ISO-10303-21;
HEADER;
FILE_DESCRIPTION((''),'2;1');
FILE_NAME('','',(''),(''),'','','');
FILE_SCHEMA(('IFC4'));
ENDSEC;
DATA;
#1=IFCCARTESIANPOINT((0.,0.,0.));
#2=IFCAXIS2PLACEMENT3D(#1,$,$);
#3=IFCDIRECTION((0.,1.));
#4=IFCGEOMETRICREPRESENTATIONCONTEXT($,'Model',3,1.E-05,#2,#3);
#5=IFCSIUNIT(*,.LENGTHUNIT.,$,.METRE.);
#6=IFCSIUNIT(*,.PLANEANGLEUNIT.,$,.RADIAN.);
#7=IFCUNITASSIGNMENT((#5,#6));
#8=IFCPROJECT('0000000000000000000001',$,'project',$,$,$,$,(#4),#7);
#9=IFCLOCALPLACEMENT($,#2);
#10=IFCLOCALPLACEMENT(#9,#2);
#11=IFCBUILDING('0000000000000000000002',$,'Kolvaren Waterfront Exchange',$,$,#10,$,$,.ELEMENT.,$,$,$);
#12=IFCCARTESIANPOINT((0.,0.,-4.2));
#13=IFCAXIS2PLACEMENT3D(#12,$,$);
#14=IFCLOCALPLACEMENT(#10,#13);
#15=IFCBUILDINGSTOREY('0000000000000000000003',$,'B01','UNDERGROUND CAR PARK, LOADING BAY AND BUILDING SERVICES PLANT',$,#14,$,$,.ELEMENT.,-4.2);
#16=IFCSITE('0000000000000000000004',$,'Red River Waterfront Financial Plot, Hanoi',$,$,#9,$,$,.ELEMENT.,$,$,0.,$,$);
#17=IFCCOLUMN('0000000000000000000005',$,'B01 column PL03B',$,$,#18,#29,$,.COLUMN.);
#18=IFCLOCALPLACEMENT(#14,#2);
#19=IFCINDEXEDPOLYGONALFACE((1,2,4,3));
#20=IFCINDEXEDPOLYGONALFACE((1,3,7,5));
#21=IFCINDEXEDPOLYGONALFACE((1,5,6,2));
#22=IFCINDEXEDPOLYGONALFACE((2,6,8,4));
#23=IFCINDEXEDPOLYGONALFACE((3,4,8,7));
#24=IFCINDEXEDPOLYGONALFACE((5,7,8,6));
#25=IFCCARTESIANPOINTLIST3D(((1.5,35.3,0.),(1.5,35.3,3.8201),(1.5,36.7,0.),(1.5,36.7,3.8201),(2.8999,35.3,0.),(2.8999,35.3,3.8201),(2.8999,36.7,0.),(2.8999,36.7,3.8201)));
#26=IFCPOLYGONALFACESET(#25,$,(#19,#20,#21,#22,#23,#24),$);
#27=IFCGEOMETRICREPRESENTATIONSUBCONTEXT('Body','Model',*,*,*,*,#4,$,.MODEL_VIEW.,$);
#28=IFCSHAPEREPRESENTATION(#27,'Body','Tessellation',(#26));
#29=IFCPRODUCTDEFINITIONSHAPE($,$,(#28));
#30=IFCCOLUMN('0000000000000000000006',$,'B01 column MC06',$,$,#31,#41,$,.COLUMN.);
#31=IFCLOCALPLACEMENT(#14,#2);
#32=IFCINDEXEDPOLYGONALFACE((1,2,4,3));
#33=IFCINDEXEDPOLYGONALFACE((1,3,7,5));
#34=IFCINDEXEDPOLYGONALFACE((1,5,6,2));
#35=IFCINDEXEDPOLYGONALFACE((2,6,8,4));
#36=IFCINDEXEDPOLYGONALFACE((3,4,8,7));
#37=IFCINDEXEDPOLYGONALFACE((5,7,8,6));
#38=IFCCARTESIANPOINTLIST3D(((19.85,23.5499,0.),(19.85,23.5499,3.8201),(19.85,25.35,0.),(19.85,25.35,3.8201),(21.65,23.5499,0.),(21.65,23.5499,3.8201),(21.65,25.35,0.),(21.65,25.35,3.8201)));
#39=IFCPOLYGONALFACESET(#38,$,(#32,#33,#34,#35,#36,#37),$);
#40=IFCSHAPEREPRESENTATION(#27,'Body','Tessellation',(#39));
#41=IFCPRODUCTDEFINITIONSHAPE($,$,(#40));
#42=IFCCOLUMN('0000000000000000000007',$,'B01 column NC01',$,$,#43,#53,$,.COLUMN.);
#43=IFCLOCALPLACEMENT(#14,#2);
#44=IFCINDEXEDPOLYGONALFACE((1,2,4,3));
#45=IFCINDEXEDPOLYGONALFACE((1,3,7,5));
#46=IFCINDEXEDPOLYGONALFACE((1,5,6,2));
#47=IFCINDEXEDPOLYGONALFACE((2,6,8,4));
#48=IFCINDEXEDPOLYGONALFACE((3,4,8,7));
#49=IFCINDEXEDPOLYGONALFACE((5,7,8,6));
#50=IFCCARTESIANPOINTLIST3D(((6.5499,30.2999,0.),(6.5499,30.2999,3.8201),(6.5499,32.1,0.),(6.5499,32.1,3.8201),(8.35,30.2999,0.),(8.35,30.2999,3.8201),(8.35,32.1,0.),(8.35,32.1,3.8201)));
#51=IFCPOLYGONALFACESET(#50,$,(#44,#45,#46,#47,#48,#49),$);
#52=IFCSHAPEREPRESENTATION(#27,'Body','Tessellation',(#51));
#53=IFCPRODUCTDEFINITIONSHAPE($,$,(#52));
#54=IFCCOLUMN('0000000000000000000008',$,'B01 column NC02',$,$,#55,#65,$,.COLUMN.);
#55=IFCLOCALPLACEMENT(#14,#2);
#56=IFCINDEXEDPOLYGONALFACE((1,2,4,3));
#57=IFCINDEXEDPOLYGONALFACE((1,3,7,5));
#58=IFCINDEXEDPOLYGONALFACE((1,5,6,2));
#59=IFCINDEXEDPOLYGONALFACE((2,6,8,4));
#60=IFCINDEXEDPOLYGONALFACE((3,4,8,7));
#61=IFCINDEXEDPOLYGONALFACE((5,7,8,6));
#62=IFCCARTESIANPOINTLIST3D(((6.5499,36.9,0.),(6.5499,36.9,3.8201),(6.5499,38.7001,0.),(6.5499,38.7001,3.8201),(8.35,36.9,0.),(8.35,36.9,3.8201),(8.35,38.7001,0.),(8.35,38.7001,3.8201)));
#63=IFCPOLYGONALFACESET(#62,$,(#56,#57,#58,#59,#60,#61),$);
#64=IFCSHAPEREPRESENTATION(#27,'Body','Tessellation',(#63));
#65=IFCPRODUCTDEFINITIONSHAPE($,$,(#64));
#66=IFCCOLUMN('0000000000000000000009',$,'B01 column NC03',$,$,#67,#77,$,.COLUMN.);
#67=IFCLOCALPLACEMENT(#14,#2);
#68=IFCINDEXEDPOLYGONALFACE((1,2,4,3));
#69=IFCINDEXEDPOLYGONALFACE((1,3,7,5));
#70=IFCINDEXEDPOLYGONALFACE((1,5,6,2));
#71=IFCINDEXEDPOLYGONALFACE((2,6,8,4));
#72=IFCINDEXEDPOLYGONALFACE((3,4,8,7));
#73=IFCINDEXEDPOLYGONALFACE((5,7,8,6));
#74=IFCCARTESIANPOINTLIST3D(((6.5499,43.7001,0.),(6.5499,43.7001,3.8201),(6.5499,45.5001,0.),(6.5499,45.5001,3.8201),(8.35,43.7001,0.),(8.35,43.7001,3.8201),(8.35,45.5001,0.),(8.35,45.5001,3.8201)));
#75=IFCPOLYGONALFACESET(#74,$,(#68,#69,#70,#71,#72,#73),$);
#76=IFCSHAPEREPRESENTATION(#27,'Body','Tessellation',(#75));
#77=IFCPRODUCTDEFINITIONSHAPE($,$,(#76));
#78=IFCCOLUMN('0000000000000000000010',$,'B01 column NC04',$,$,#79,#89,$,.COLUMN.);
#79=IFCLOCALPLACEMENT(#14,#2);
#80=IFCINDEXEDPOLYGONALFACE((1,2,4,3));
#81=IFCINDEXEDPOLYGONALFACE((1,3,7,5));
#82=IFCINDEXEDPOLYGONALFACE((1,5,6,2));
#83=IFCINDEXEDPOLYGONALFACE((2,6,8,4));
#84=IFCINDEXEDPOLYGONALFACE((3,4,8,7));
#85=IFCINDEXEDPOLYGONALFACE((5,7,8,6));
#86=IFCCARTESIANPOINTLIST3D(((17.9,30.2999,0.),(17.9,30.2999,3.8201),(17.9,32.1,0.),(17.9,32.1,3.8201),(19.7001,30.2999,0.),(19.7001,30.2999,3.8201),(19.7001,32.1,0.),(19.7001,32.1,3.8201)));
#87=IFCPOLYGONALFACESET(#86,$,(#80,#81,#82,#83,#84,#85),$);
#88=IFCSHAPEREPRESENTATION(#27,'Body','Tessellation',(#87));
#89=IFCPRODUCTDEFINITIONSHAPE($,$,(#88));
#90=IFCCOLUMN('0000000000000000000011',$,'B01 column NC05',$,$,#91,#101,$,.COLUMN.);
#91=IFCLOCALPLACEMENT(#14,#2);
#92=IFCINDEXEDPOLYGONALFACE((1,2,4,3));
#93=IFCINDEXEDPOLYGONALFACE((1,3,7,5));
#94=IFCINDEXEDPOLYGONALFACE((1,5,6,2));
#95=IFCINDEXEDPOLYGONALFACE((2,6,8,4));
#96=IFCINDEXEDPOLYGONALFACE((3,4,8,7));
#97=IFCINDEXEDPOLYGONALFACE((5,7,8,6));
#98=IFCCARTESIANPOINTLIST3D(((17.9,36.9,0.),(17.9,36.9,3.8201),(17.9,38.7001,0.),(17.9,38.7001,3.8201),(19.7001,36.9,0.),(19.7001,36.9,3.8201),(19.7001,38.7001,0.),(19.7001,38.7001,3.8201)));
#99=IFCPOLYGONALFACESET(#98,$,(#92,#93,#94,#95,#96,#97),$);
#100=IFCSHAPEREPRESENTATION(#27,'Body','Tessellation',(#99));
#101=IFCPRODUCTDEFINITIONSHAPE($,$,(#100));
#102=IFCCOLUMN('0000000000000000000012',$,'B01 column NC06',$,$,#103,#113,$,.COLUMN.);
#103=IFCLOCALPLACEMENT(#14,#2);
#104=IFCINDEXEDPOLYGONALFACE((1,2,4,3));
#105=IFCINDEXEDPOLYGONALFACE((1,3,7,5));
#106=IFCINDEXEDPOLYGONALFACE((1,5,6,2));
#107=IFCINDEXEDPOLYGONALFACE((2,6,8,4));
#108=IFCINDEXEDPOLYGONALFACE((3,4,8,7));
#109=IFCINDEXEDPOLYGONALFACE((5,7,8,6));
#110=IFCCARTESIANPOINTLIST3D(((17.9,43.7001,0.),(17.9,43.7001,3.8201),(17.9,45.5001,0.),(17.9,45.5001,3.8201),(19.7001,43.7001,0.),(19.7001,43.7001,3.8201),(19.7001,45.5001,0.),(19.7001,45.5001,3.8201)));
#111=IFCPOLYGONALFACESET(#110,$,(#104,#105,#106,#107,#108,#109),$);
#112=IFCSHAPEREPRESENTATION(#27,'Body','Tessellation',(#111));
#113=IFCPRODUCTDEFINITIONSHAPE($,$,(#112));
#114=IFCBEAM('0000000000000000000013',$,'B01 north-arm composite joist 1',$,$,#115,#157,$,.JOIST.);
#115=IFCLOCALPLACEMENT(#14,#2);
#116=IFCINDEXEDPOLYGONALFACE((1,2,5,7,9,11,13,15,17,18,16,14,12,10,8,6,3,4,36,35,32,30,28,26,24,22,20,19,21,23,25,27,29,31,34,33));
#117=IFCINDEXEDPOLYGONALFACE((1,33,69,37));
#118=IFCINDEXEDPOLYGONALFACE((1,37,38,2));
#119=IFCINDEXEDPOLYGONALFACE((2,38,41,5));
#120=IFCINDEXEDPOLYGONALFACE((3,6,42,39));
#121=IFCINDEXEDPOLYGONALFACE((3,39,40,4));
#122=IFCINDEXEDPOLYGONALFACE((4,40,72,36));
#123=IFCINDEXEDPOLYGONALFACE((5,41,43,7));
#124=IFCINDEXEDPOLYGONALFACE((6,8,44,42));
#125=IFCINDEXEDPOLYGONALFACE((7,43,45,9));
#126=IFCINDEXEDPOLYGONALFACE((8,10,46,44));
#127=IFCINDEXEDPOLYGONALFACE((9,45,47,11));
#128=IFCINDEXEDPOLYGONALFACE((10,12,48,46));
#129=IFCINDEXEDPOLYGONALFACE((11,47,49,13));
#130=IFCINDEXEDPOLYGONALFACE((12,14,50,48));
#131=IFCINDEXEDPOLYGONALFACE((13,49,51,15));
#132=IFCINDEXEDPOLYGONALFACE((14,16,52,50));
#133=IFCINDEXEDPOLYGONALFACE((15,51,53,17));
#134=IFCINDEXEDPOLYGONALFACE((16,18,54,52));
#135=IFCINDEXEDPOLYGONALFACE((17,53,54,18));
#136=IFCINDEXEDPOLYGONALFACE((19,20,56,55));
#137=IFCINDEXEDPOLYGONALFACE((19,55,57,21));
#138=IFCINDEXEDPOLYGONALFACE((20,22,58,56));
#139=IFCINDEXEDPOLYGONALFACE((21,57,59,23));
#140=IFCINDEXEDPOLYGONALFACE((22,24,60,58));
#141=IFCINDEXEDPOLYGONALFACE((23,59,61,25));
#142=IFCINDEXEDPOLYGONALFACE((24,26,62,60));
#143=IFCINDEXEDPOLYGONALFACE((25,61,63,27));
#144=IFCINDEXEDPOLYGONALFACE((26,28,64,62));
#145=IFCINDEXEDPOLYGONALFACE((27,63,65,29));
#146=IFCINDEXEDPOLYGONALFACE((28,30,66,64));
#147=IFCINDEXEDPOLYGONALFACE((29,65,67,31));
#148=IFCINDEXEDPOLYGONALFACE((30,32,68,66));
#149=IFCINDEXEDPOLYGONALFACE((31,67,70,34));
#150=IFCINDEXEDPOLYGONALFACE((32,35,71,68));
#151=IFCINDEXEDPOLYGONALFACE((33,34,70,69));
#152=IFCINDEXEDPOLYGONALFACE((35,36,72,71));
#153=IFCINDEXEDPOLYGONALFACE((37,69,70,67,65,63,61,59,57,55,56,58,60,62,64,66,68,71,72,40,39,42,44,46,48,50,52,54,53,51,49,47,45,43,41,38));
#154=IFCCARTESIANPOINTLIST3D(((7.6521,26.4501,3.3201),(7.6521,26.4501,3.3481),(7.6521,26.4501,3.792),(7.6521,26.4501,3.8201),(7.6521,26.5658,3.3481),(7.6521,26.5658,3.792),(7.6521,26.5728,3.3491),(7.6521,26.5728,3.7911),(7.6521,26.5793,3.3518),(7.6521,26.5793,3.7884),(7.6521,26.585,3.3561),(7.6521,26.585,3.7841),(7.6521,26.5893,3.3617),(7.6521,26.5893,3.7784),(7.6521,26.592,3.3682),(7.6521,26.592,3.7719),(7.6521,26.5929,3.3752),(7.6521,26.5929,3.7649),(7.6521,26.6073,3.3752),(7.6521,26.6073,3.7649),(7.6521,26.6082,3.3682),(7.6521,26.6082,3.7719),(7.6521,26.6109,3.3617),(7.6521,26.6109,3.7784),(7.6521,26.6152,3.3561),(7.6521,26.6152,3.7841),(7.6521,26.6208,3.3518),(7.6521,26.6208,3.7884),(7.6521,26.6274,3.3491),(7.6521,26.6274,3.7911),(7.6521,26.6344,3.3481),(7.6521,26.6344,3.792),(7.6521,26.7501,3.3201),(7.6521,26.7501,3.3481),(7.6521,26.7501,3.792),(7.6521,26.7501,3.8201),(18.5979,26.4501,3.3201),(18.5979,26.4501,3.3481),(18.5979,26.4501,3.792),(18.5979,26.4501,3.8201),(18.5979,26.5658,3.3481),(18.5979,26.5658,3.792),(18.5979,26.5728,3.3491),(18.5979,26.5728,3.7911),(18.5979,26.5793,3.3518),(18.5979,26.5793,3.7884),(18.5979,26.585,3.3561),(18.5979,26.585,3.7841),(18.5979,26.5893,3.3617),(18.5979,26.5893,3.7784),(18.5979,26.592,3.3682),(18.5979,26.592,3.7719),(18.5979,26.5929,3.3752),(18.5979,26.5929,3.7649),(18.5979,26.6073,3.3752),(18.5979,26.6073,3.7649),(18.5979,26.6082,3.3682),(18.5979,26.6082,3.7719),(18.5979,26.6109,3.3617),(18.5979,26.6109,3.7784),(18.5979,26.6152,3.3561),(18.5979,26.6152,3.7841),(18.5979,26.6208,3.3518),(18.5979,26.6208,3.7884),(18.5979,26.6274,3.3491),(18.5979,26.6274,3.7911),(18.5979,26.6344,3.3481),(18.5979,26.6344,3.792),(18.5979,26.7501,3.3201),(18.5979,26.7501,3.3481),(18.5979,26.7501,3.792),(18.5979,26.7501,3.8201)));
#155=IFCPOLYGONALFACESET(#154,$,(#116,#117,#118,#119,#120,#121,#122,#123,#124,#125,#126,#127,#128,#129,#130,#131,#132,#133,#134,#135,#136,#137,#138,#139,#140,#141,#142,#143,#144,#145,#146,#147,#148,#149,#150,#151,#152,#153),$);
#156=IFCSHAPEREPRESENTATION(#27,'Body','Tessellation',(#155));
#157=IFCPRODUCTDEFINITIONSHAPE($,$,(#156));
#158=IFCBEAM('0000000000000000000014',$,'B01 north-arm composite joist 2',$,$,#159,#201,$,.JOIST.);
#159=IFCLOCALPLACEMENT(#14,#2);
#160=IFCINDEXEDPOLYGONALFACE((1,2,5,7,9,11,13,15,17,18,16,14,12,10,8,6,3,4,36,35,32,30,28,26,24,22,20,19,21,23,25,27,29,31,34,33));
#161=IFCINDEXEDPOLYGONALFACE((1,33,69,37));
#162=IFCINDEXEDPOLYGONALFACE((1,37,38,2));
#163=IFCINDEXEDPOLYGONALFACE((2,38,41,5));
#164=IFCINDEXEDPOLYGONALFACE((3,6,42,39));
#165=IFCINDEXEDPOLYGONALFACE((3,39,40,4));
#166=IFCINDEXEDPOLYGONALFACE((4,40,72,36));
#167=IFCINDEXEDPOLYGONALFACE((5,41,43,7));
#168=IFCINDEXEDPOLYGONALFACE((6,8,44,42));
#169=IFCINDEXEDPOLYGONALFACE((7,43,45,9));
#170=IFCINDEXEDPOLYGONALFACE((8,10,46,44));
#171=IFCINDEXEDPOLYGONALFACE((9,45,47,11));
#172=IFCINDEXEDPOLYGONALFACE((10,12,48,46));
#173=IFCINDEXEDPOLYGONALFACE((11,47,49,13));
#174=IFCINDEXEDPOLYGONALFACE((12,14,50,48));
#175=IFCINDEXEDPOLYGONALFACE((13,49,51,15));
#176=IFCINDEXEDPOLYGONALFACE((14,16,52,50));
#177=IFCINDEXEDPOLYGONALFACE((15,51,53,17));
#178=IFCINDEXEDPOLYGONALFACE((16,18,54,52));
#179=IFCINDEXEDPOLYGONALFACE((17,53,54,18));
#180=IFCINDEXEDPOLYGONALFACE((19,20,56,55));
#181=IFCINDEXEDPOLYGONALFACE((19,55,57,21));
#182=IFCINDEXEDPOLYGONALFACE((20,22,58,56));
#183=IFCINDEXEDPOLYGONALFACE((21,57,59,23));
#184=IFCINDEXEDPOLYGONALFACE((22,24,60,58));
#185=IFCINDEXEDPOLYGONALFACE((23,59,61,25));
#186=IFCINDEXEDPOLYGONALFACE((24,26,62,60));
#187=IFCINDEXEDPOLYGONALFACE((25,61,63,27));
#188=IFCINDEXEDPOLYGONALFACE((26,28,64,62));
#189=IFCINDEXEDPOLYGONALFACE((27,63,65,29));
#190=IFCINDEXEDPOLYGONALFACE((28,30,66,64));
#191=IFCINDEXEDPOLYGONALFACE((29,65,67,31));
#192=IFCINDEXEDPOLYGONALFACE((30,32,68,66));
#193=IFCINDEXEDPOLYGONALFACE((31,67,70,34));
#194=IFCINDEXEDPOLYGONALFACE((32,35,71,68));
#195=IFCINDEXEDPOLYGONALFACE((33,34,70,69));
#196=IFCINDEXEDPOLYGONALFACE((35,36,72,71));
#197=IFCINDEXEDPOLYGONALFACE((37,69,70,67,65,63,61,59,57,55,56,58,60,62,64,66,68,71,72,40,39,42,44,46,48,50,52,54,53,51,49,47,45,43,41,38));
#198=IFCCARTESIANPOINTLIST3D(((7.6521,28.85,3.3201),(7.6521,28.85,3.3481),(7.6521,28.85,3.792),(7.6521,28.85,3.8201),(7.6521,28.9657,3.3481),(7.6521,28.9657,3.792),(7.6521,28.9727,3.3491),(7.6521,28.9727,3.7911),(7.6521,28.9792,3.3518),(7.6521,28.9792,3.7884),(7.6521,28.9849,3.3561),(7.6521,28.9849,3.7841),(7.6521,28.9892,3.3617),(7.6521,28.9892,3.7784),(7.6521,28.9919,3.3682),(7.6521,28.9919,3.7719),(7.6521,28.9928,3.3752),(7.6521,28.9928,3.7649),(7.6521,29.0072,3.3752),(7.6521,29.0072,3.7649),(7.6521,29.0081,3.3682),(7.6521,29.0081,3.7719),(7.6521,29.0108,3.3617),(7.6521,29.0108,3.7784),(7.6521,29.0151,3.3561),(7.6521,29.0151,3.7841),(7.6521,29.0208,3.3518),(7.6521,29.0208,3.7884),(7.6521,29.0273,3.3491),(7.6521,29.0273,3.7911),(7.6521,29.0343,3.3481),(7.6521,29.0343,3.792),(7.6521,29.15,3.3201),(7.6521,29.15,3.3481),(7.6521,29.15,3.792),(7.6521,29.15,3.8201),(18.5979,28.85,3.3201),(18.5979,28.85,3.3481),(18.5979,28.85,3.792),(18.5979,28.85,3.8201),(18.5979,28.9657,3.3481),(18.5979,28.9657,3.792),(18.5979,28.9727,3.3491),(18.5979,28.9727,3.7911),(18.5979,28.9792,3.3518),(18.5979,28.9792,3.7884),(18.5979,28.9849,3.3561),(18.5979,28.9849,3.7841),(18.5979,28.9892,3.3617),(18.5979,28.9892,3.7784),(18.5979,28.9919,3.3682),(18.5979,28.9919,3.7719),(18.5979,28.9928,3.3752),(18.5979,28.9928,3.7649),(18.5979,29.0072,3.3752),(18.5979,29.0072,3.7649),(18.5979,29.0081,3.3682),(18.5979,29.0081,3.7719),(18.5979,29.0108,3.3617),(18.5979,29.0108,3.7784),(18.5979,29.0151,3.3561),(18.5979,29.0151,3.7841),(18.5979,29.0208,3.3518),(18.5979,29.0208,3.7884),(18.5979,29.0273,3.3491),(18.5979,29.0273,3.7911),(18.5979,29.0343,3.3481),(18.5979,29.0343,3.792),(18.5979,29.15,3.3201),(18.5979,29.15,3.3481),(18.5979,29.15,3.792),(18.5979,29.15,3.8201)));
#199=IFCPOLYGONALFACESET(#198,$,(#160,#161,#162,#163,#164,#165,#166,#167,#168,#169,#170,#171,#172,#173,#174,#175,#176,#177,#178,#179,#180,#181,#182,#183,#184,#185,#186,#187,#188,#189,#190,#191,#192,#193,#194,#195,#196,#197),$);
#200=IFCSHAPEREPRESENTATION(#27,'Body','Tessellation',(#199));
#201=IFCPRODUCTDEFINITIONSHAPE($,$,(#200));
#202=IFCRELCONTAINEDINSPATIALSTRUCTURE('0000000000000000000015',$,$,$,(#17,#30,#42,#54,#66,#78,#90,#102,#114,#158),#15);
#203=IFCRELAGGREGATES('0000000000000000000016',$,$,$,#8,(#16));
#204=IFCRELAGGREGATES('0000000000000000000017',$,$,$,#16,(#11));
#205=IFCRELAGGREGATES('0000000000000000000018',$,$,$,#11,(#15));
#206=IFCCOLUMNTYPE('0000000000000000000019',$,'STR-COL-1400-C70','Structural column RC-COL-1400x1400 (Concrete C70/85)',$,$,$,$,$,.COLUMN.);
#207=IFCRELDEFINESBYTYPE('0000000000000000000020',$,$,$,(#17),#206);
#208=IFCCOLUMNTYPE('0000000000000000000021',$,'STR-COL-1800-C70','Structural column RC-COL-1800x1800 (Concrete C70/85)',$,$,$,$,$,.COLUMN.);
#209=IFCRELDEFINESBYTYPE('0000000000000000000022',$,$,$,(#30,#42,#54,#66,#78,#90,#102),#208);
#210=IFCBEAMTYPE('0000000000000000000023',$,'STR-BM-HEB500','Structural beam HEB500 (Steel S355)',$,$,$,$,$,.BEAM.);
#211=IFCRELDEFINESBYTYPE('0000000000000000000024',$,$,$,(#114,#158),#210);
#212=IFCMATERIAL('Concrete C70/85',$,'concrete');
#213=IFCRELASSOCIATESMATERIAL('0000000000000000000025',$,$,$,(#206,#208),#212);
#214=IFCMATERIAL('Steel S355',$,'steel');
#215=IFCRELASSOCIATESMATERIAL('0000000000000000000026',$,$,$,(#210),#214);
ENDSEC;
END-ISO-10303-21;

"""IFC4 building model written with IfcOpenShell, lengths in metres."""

from ifc_helpers import new_model, si_unit, direction, frame, origin, origin_2d, place, context, subcontext, project, spatial, rectangle, i_section, extrude, material, material_profile, profile_set, type_object, element, save


model = new_model("IFC4")

# Units and contexts
model_context = context("Model", 3, precision=1e-05, world=origin(), true_north=direction((0.0, 1.0)))
body_context = subcontext(model_context, "Body", "Model", "MODEL_VIEW")
ifc_project = project(units=[si_unit("LENGTHUNIT", "METRE"), si_unit("PLANEANGLEUNIT", "RADIAN")], contexts=[model_context])

# Site, building, storey
site_placement = place(None, origin())
site = spatial("IfcSite", under=ifc_project, at=site_placement, Name="Red River Waterfront Financial Plot, Hanoi", CompositionType="ELEMENT", RefElevation=0.0)
building_placement = place(site_placement, origin())
building = spatial("IfcBuilding", under=site, at=building_placement, Name="Kolvaren Waterfront Exchange", CompositionType="ELEMENT")
storey_placement = place(building_placement, frame((0.0, 0.0, -4.2)))
storey = spatial("IfcBuildingStorey", under=building, at=storey_placement, Name="B01", Description="UNDERGROUND CAR PARK, LOADING BAY AND BUILDING SERVICES PLANT", CompositionType="ELEMENT", Elevation=-4.2)

# Columns
ifc_material_1 = material(Name="Concrete C70/85", Category="concrete")
ifc_material_profile_1 = material_profile(ifc_material_1, rectangle(XDim=1.3999, YDim=1.3999, at=origin_2d()), Name="RC-COL-1400x1400")
ifc_profile_set_1 = profile_set([ifc_material_profile_1], Name="Concrete C70/85")
column_type_1 = type_object("IfcColumnType", Name="STR-COL-1400-C70", Description="Structural column RC-COL-1400x1400 (Concrete C70/85)", PredefinedType="COLUMN", material=ifc_profile_set_1)
column_placement = place(storey_placement, frame((2.2, 36.0, 0.0), z_axis=(0.0, 0.0, 1.0), x_axis=(1.0, 0.0, 0.0)))
element("IfcColumn", 1, at=column_placement, inside=storey, type_object=column_type_1, Name="B01 column PL03B", PredefinedType="COLUMN", context=body_context, shape_type="SweptSolid", body=[
    extrude(rectangle(XDim=1.3999, YDim=1.3999, at=origin_2d()), origin(), (0.0, 0.0, 1.0), 3.8201),
])
ifc_material_profile_2 = material_profile(ifc_material_1, rectangle(XDim=1.8, YDim=1.8, at=origin_2d()), Name="RC-COL-1800x1800")
ifc_profile_set_2 = profile_set([ifc_material_profile_2], Name="Concrete C70/85")
column_type_2 = type_object("IfcColumnType", Name="STR-COL-1800-C70", Description="Structural column RC-COL-1800x1800 (Concrete C70/85)", PredefinedType="COLUMN", material=ifc_profile_set_2)
for number, where, z_axis, x_axis, name in (
    (2, (20.75, 24.45, 0.0), (0.0, 0.0, 1.0), (1.0, 0.0, 0.0), "B01 column MC06"),
    (3, (7.45, 31.2, 0.0), (0.0, 0.0, 1.0), (1.0, 0.0, 0.0), "B01 column NC01"),
    (4, (7.45, 37.8, 0.0), (0.0, 0.0, 1.0), (1.0, 0.0, 0.0), "B01 column NC02"),
    (5, (7.45, 44.6001, 0.0), (0.0, 0.0, 1.0), (1.0, 0.0, 0.0), "B01 column NC03"),
    (6, (18.8, 31.2, 0.0), (0.0, 0.0, 1.0), (1.0, 0.0, 0.0), "B01 column NC04"),
    (7, (18.8, 37.8, 0.0), (0.0, 0.0, 1.0), (1.0, 0.0, 0.0), "B01 column NC05"),
    (8, (18.8, 44.6001, 0.0), (0.0, 0.0, 1.0), (1.0, 0.0, 0.0), "B01 column NC06"),
):
    element("IfcColumn", number, at=place(storey_placement, frame(where, z_axis=z_axis, x_axis=x_axis)), inside=storey, type_object=column_type_2, Name=name, PredefinedType="COLUMN", context=body_context, shape_type="SweptSolid", body=[
        extrude(rectangle(XDim=1.8, YDim=1.8, at=origin_2d()), origin(), (0.0, 0.0, 1.0), 3.8201),
    ])

# Beams
ifc_material_2 = material(Name="Steel S355", Category="steel")
ifc_material_profile_3 = material_profile(ifc_material_2, i_section(OverallWidth=0.3, OverallDepth=0.5, WebThickness=0.0144, FlangeThickness=0.0281, FilletRadius=0.0271, at=origin_2d()), Name="HEB500")
ifc_profile_set_3 = profile_set([ifc_material_profile_3], Name="Steel S355")
beam_type_1 = type_object("IfcBeamType", Name="STR-BM-HEB500", Description="Structural beam HEB500 (Steel S355)", PredefinedType="BEAM", material=ifc_profile_set_3)
for number, where, z_axis, x_axis, name in (
    (9, (7.6521, 26.6001, 3.5701), (1.0, 0.0, 0.0), (0.0, 1.0, 0.0), "B01 north-arm composite joist 1"),
    (10, (7.6521, 29.0, 3.5701), (1.0, 0.0, 0.0), (0.0, 1.0, 0.0), "B01 north-arm composite joist 2"),
):
    element("IfcBeam", number, at=place(storey_placement, frame(where, z_axis=z_axis, x_axis=x_axis)), inside=storey, type_object=beam_type_1, Name=name, PredefinedType="JOIST", context=body_context, shape_type="SweptSolid", body=[
        extrude(i_section(OverallWidth=0.3, OverallDepth=0.5, WebThickness=0.0144, FlangeThickness=0.0281, FilletRadius=0.0271, at=origin_2d()), origin(), (0.0, 0.0, 1.0), 10.9458),
    ])

save(model, "model.ifc")
